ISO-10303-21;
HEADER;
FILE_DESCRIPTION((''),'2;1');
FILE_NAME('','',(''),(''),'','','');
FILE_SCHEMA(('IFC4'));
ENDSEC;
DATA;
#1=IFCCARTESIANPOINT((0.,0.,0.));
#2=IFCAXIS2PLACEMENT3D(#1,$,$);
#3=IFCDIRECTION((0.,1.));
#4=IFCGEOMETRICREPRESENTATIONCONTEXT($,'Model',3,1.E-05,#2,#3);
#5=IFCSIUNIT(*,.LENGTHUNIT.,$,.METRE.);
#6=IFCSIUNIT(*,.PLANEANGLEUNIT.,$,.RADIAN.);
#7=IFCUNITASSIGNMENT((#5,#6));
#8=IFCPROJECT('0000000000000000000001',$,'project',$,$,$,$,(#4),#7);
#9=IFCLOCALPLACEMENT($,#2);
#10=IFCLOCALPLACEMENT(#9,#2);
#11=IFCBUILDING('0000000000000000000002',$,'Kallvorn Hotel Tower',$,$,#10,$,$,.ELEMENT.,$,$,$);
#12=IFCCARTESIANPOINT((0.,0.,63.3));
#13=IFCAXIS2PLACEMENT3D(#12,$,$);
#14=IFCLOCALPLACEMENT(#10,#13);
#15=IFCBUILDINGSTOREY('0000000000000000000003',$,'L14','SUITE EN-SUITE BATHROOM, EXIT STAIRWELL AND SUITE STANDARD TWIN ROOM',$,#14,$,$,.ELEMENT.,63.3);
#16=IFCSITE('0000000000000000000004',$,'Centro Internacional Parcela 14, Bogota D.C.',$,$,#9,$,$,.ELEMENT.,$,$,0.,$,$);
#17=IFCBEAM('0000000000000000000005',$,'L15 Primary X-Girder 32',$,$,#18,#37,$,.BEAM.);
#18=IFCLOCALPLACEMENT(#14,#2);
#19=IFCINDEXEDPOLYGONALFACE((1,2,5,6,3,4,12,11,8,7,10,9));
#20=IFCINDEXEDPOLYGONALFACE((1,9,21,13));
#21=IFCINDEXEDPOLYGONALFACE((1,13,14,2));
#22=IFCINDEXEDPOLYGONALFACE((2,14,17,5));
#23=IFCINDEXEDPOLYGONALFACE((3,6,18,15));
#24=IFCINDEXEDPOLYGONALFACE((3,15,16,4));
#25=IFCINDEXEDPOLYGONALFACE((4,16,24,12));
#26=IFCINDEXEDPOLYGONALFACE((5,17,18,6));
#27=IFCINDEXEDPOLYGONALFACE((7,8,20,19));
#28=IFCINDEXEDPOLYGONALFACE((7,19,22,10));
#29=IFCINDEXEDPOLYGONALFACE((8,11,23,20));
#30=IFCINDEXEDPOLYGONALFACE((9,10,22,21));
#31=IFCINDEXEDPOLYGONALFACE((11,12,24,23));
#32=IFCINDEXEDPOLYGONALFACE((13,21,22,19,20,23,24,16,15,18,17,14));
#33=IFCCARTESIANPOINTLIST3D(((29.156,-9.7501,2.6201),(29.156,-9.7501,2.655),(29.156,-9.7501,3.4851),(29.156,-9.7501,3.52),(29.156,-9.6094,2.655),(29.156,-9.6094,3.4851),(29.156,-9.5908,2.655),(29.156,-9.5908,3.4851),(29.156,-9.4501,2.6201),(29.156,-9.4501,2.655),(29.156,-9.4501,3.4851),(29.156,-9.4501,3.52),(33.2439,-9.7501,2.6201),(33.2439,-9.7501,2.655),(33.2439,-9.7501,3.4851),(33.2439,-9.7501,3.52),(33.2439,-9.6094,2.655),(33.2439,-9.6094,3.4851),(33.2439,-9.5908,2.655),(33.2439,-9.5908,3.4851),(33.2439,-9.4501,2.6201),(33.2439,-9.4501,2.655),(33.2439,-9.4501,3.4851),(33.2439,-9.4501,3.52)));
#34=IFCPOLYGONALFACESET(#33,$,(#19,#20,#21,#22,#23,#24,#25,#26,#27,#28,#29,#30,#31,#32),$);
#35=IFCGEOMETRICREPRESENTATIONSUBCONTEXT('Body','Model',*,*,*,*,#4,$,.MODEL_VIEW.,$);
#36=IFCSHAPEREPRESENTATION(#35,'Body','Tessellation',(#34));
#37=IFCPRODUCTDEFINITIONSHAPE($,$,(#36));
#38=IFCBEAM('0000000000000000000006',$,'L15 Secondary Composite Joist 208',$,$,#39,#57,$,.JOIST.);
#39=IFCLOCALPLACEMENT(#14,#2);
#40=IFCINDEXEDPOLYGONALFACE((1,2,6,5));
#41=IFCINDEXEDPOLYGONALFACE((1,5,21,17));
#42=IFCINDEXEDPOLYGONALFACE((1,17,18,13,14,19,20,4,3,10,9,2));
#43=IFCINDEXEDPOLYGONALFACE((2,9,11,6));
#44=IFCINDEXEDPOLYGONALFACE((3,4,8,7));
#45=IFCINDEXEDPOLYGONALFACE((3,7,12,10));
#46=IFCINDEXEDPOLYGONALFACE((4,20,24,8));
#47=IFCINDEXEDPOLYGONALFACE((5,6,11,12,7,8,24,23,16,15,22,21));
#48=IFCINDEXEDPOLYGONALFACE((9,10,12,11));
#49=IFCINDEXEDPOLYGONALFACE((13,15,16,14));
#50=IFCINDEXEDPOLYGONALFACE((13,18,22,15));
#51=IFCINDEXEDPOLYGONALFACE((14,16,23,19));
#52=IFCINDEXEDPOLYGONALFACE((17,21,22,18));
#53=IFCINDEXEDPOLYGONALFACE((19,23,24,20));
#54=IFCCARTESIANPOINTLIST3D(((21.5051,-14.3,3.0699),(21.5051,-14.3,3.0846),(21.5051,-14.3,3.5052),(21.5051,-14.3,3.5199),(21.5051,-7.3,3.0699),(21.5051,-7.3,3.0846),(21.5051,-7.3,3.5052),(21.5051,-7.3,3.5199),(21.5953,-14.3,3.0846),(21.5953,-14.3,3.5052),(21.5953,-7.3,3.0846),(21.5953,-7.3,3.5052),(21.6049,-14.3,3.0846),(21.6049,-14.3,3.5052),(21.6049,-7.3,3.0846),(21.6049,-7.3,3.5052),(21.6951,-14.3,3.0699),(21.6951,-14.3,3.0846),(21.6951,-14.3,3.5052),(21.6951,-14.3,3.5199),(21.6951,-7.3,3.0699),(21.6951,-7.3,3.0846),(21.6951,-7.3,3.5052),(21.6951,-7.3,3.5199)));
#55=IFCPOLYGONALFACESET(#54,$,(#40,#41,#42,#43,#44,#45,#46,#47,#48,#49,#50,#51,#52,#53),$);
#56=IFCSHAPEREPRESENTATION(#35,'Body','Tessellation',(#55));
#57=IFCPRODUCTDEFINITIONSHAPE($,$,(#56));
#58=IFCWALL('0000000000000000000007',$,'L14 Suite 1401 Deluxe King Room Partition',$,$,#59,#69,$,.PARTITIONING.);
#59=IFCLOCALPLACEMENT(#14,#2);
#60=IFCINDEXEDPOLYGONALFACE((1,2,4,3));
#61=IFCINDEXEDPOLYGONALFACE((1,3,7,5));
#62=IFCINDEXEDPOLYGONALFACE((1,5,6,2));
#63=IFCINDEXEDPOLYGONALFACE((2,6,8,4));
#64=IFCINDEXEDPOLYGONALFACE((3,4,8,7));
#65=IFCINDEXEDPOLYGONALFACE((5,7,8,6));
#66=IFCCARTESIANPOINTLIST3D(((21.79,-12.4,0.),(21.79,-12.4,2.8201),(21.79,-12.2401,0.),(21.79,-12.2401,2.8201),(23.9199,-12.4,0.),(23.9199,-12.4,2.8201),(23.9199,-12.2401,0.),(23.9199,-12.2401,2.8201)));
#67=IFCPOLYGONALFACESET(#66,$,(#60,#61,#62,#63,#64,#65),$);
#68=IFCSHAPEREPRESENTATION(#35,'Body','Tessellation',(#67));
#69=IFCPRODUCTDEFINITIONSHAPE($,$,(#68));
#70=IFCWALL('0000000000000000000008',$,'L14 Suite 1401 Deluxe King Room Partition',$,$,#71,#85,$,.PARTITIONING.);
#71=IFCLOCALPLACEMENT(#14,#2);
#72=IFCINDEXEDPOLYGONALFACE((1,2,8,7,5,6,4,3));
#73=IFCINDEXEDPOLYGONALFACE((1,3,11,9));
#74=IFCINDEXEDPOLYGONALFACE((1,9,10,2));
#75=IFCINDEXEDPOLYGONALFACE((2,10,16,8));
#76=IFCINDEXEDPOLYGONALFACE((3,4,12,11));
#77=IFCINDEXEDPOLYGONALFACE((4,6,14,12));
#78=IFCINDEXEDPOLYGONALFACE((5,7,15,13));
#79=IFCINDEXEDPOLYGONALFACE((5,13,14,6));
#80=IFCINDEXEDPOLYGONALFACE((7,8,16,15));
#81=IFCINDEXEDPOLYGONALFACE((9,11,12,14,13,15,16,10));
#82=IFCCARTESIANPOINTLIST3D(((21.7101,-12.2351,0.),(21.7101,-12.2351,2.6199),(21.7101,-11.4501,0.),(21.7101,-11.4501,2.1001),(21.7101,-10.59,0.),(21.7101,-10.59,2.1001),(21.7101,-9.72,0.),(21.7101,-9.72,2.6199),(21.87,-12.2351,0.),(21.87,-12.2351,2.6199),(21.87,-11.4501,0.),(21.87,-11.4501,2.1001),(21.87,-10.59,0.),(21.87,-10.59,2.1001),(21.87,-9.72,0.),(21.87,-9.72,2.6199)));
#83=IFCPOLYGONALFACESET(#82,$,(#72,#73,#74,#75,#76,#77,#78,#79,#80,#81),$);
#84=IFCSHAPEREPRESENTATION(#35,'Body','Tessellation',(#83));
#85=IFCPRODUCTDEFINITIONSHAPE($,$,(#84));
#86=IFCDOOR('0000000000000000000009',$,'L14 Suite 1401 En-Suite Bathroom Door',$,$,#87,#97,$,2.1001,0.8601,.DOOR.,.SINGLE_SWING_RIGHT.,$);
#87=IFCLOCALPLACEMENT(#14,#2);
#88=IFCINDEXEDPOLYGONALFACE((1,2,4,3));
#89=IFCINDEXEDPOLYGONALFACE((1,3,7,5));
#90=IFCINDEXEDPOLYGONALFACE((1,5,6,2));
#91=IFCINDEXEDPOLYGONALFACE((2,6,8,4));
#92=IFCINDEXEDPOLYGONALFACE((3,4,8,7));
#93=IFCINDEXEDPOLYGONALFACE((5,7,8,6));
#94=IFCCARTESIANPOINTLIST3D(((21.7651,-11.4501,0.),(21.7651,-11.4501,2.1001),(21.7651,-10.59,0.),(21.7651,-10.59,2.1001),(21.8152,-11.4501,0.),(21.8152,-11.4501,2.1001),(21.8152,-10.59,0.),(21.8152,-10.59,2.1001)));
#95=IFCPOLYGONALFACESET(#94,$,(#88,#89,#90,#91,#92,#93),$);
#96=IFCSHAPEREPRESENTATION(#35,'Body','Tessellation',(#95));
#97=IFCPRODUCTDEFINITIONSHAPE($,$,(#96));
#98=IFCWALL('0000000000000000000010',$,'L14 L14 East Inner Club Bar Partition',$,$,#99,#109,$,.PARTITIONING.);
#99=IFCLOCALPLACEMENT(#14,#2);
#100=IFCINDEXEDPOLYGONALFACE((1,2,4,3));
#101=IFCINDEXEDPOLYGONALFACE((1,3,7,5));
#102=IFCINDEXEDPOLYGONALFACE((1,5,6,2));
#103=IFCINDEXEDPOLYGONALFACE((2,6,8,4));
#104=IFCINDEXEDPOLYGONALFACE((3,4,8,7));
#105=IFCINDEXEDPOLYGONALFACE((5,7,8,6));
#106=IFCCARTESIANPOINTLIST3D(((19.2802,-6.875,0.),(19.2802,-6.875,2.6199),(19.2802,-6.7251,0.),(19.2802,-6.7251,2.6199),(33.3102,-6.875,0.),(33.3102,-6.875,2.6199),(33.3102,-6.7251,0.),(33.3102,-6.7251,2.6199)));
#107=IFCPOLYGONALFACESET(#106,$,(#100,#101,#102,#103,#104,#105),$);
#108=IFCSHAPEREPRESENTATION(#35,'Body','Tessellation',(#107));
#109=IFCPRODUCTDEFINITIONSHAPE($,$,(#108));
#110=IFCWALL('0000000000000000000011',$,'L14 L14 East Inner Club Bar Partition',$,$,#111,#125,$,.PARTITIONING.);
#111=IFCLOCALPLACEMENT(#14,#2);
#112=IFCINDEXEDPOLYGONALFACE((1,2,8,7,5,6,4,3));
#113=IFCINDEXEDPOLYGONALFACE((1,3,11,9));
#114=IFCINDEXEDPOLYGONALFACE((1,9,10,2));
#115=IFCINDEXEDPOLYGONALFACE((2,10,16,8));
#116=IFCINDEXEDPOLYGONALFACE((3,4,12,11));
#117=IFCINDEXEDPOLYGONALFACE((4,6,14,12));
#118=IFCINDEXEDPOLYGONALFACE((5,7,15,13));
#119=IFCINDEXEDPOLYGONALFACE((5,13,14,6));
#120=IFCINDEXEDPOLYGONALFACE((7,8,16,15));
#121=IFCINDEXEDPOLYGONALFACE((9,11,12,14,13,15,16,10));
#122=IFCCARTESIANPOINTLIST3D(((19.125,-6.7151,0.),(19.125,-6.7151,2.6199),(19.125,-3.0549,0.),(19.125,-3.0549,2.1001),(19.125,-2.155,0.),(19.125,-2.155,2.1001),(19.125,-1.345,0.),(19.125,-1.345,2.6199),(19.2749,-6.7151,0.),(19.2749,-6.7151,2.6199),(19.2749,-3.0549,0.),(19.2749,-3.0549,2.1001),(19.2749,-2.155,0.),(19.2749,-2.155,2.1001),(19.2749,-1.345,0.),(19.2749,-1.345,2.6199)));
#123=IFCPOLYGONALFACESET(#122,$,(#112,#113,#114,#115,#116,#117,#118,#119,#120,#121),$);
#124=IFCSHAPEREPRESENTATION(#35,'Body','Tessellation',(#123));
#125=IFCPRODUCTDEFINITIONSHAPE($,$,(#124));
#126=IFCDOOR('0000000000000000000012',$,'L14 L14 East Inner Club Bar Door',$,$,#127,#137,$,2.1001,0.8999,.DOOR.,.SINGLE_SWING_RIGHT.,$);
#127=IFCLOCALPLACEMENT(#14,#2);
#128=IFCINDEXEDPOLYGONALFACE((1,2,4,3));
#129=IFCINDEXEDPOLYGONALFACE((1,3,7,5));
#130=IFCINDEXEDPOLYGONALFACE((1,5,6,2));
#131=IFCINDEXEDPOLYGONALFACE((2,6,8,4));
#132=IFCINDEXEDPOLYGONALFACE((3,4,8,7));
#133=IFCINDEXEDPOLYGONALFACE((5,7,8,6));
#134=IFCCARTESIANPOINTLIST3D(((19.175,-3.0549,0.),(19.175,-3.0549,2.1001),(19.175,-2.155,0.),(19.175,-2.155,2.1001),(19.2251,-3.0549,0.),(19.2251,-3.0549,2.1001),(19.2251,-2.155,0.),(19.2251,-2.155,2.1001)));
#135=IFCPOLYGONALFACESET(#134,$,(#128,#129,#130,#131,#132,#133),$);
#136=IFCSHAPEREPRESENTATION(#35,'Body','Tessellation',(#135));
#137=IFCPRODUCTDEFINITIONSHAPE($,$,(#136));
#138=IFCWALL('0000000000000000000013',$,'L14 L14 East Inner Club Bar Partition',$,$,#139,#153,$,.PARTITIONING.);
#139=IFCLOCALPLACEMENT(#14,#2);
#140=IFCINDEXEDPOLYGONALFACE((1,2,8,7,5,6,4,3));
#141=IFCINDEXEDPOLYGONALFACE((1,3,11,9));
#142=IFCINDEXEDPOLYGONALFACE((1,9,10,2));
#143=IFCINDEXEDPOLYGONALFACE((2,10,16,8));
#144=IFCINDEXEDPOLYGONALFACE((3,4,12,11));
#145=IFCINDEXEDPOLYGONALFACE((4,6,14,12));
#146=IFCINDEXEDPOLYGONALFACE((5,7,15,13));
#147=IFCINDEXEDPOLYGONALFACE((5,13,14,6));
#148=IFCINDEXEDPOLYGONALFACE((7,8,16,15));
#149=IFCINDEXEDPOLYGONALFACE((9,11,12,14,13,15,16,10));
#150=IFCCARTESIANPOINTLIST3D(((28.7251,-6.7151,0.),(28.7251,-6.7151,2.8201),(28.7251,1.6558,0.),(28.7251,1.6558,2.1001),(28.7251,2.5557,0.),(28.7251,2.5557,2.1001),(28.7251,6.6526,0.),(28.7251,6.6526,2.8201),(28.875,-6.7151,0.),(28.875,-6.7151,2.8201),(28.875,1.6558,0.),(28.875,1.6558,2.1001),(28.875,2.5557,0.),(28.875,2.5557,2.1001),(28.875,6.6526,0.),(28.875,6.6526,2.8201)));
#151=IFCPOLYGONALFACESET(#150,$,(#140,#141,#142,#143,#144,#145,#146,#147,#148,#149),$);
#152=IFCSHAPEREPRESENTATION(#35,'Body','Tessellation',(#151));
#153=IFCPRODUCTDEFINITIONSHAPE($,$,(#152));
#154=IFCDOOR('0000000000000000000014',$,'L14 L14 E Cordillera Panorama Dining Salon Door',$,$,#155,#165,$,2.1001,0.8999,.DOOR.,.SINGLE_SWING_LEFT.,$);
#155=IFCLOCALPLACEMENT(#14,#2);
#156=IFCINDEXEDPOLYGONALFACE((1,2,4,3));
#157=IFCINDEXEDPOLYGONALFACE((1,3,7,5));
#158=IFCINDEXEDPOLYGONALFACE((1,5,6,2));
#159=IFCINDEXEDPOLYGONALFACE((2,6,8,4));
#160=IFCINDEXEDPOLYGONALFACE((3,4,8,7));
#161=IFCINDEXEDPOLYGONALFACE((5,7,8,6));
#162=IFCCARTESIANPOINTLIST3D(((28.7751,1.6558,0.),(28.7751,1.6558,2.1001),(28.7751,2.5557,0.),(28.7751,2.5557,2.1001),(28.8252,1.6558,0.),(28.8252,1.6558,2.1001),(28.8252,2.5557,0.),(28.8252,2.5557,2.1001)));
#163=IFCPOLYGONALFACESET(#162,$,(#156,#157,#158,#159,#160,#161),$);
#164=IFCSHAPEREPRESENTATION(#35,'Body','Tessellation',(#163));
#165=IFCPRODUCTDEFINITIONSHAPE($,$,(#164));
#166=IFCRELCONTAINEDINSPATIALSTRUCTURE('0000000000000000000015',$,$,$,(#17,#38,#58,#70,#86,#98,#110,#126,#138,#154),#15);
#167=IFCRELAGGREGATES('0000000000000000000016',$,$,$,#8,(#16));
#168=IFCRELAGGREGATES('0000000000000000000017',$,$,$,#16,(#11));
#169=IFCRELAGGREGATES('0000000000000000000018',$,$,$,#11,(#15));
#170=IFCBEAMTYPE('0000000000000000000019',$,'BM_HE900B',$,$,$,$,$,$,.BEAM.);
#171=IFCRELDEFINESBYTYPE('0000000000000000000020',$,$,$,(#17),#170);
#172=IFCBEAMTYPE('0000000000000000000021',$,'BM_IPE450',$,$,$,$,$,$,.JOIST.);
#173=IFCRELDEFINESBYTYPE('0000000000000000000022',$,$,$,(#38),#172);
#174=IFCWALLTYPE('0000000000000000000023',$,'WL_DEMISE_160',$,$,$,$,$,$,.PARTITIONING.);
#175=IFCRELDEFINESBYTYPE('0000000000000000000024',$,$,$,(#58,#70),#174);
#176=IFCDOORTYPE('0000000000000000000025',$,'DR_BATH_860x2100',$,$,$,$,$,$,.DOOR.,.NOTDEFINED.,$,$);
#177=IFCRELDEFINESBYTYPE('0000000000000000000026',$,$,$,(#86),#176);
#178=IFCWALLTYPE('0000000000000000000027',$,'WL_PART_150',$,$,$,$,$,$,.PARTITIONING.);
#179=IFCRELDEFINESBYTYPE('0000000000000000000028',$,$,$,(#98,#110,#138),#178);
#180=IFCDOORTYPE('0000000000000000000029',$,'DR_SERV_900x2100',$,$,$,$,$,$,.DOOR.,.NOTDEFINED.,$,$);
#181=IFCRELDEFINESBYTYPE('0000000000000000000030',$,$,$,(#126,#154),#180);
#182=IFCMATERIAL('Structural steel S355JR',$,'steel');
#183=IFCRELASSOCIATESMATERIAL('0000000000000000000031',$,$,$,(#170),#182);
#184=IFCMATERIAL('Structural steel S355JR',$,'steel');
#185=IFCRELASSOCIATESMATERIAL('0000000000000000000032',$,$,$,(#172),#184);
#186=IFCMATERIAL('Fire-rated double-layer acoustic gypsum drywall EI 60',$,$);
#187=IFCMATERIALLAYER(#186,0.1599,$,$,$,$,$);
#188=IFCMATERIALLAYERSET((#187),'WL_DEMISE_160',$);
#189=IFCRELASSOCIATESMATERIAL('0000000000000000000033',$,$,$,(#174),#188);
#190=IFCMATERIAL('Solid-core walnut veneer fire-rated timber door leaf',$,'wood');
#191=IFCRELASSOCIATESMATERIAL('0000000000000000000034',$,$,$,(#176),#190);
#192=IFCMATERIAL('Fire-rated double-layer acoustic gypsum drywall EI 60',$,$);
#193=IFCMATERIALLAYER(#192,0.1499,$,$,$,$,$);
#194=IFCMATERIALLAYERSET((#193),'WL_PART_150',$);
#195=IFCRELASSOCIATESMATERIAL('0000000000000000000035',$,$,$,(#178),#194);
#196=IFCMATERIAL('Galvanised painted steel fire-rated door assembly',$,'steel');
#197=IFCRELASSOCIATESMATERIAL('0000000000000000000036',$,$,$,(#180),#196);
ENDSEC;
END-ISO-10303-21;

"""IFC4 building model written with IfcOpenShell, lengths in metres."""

from ifc_helpers import new_model, si_unit, direction, frame, frame_2d, origin, origin_2d, place, context, subcontext, project, spatial, rectangle, i_section, extrude, material, layer, layer_set, material_profile, profile_set, type_object, element, fill, save


model = new_model("IFC4")

# Units and contexts
model_context = context("Model", 3, precision=1e-05, world=origin(), true_north=direction((0.0, 1.0)))
body_context = subcontext(model_context, "Body", "Model", "MODEL_VIEW")
ifc_project = project(units=[si_unit("LENGTHUNIT", "METRE"), si_unit("PLANEANGLEUNIT", "RADIAN")], contexts=[model_context])

# Site, building, storey
site_placement = place(None, origin())
site = spatial("IfcSite", under=ifc_project, at=site_placement, Name="Centro Internacional Parcela 14, Bogota D.C.", CompositionType="ELEMENT", RefElevation=0.0)
building_placement = place(site_placement, origin())
building = spatial("IfcBuilding", under=site, at=building_placement, Name="Kallvorn Hotel Tower", CompositionType="ELEMENT")
storey_placement = place(building_placement, frame((0.0, 0.0, 63.3)))
storey = spatial("IfcBuildingStorey", under=building, at=storey_placement, Name="L14", Description="SUITE EN-SUITE BATHROOM, EXIT STAIRWELL AND SUITE STANDARD TWIN ROOM", CompositionType="ELEMENT", Elevation=63.3)

# Beams
ifc_material_1 = material(Name="Structural steel S355JR", Category="steel")
ifc_material_profile_1 = material_profile(ifc_material_1, i_section(OverallWidth=0.3, OverallDepth=0.8999, WebThickness=0.0186, FlangeThickness=0.0349, at=origin_2d()), Name="HE 900 B")
ifc_profile_set_1 = profile_set([ifc_material_profile_1], Name="Structural steel S355JR")
beam_type_1 = type_object("IfcBeamType", Name="BM_HE900B", PredefinedType="BEAM", material=ifc_profile_set_1)
beam_1_placement = place(storey_placement, frame((29.156, -9.6001, 3.0701), z_axis=(1.0, 0.0, 0.0), x_axis=(0.0, 1.0, 0.0)))
element("IfcBeam", 1, at=beam_1_placement, inside=storey, type_object=beam_type_1, Name="L15 Primary X-Girder 32", PredefinedType="BEAM", context=body_context, shape_type="SweptSolid", body=[
    extrude(i_section(OverallWidth=0.3, OverallDepth=0.8999, WebThickness=0.0186, FlangeThickness=0.0349, at=origin_2d()), origin(), (0.0, 0.0, 1.0), 4.0879),
])
ifc_material_2 = material(Name="Structural steel S355JR", Category="steel")
ifc_material_profile_2 = material_profile(ifc_material_2, i_section(OverallWidth=0.1899, OverallDepth=0.45, WebThickness=0.0095, FlangeThickness=0.0146, at=origin_2d()), Name="IPE 450")
ifc_profile_set_2 = profile_set([ifc_material_profile_2], Name="Structural steel S355JR")
beam_type_2 = type_object("IfcBeamType", Name="BM_IPE450", PredefinedType="JOIST", material=ifc_profile_set_2)
beam_2_placement = place(storey_placement, frame((21.6001, -14.3, 3.2949), z_axis=(0.0, 1.0, 0.0), x_axis=(-1.0, 0.0, 0.0)))
element("IfcBeam", 2, at=beam_2_placement, inside=storey, type_object=beam_type_2, Name="L15 Secondary Composite Joist 208", PredefinedType="JOIST", context=body_context, shape_type="SweptSolid", body=[
    extrude(i_section(OverallWidth=0.1899, OverallDepth=0.45, WebThickness=0.0095, FlangeThickness=0.0146, at=origin_2d()), origin(), (0.0, 0.0, 1.0), 7.0),
])

# Wall
ifc_material_3 = material(Name="Fire-rated double-layer acoustic gypsum drywall EI 60")
ifc_layer_1 = layer(ifc_material_3, 0.1599)
ifc_layer_set_1 = layer_set([ifc_layer_1], Name="WL_DEMISE_160")
wall_type_1 = type_object("IfcWallType", Name="WL_DEMISE_160", PredefinedType="PARTITIONING", material=ifc_layer_set_1)
wall_1_placement = place(storey_placement, frame((21.79, -12.3201, 0.0), z_axis=(0.0, 0.0, 1.0), x_axis=(1.0, 0.0, 0.0)))
element("IfcWall", 3, at=wall_1_placement, inside=storey, type_object=wall_type_1, Name="L14 Suite 1401 Deluxe King Room Partition", PredefinedType="PARTITIONING", context=body_context, shape_type="SweptSolid", body=[
    extrude(rectangle(XDim=2.1299, YDim=0.1599, at=frame_2d((1.0649, 0.0))), origin(), (0.0, 0.0, 1.0), 2.8201),
])

# Wall, opening, door
wall_2_placement = place(storey_placement, frame((21.79, -12.2351, 0.0), z_axis=(0.0, 0.0, 1.0), x_axis=(0.0, 1.0, 0.0)))
wall_2 = element("IfcWall", 4, at=wall_2_placement, inside=storey, type_object=wall_type_1, Name="L14 Suite 1401 Deluxe King Room Partition", PredefinedType="PARTITIONING", context=body_context, shape_type="SweptSolid", body=[
    extrude(rectangle(XDim=2.5151, YDim=0.1599, at=frame_2d((1.2576, 0.0))), origin(), (0.0, 0.0, 1.0), 2.6199),
])
opening_1_placement = place(wall_2_placement, frame((0.7849, 0.0, 0.0)))
opening_1 = element("IfcOpeningElement", 5, at=opening_1_placement, cuts=wall_2, PredefinedType="OPENING", context=body_context, shape_type="SweptSolid", body=[
    extrude(rectangle(XDim=0.8601, YDim=2.1001, at=frame_2d((0.4302, 1.05))), frame((0.0, 0.095, 0.0), z_axis=(0.0, -1.0, 0.0), x_axis=(1.0, 0.0, 0.0)), (0.0, 0.0, 1.0), 0.1899),
])
ifc_material_4 = material(Name="Solid-core walnut veneer fire-rated timber door leaf", Category="wood")
door_type_1 = type_object("IfcDoorType", Name="DR_BATH_860x2100", OperationType="NOTDEFINED", PredefinedType="DOOR", material=ifc_material_4)
door_1_placement = place(opening_1_placement, origin())
door_1 = element("IfcDoor", 6, at=door_1_placement, inside=storey, type_object=door_type_1, Name="L14 Suite 1401 En-Suite Bathroom Door", OperationType="SINGLE_SWING_RIGHT", OverallHeight=2.1001, OverallWidth=0.8601, PredefinedType="DOOR", context=body_context, shape_type="SweptSolid", body=[
    extrude(rectangle(XDim=0.8601, YDim=2.1001, at=frame_2d((0.4302, 1.05))), frame((0.0, 0.0249, 0.0), z_axis=(0.0, -1.0, 0.0), x_axis=(1.0, 0.0, 0.0)), (0.0, 0.0, 1.0), 0.05),
])
fill(opening_1, door_1)

# Wall
ifc_material_5 = material(Name="Fire-rated double-layer acoustic gypsum drywall EI 60")
ifc_layer_2 = layer(ifc_material_5, 0.1499)
ifc_layer_set_2 = layer_set([ifc_layer_2], Name="WL_PART_150")
wall_type_2 = type_object("IfcWallType", Name="WL_PART_150", PredefinedType="PARTITIONING", material=ifc_layer_set_2)
wall_3_placement = place(storey_placement, frame((19.28, -6.8, 0.0), z_axis=(0.0, 0.0, 1.0), x_axis=(1.0, 0.0, 0.0)))
element("IfcWall", 7, at=wall_3_placement, inside=storey, type_object=wall_type_2, Name="L14 L14 East Inner Club Bar Partition", PredefinedType="PARTITIONING", context=body_context, shape_type="SweptSolid", body=[
    extrude(rectangle(XDim=14.03, YDim=0.1499, at=frame_2d((7.0151, 0.0))), origin(), (0.0, 0.0, 1.0), 2.6199),
])

# Walls, openings, doors
wall_4_placement = place(storey_placement, frame((19.2, -6.7151, 0.0), z_axis=(0.0, 0.0, 1.0), x_axis=(0.0, 1.0, 0.0)))
wall_4 = element("IfcWall", 8, at=wall_4_placement, inside=storey, type_object=wall_type_2, Name="L14 L14 East Inner Club Bar Partition", PredefinedType="PARTITIONING", context=body_context, shape_type="SweptSolid", body=[
    extrude(rectangle(XDim=5.3701, YDim=0.1499, at=frame_2d((2.6851, 0.0))), origin(), (0.0, 0.0, 1.0), 2.6199),
])
opening_2_placement = place(wall_4_placement, frame((3.6602, 0.0, 0.0)))
opening_2 = element("IfcOpeningElement", 9, at=opening_2_placement, cuts=wall_4, PredefinedType="OPENING", context=body_context, shape_type="SweptSolid", body=[
    extrude(rectangle(XDim=0.8999, YDim=2.1001, at=frame_2d((0.45, 1.05))), frame((0.0, 0.0898, 0.0), z_axis=(0.0, -1.0, 0.0), x_axis=(1.0, 0.0, 0.0)), (0.0, 0.0, 1.0), 0.1799),
])
ifc_material_6 = material(Name="Galvanised painted steel fire-rated door assembly", Category="steel")
door_type_2 = type_object("IfcDoorType", Name="DR_SERV_900x2100", OperationType="NOTDEFINED", PredefinedType="DOOR", material=ifc_material_6)
door_2_placement = place(opening_2_placement, origin())
door_2 = element("IfcDoor", 10, at=door_2_placement, inside=storey, type_object=door_type_2, Name="L14 L14 East Inner Club Bar Door", OperationType="SINGLE_SWING_RIGHT", OverallHeight=2.1001, OverallWidth=0.8999, PredefinedType="DOOR", context=body_context, shape_type="SweptSolid", body=[
    extrude(rectangle(XDim=0.8999, YDim=2.1001, at=frame_2d((0.45, 1.05))), frame((0.0, 0.0249, 0.0), z_axis=(0.0, -1.0, 0.0), x_axis=(1.0, 0.0, 0.0)), (0.0, 0.0, 1.0), 0.05),
])
fill(opening_2, door_2)
wall_5_placement = place(storey_placement, frame((28.8, -6.7151, 0.0), z_axis=(0.0, 0.0, 1.0), x_axis=(0.0, 1.0, 0.0)))
wall_5 = element("IfcWall", 11, at=wall_5_placement, inside=storey, type_object=wall_type_2, Name="L14 L14 East Inner Club Bar Partition", PredefinedType="PARTITIONING", context=body_context, shape_type="SweptSolid", body=[
    extrude(rectangle(XDim=13.3677, YDim=0.1499, at=frame_2d((6.6838, 0.0))), origin(), (0.0, 0.0, 1.0), 2.8201),
])
opening_3_placement = place(wall_5_placement, frame((8.3708, 0.0, 0.0)))
opening_3 = element("IfcOpeningElement", 12, at=opening_3_placement, cuts=wall_5, PredefinedType="OPENING", context=body_context, shape_type="SweptSolid", body=[
    extrude(rectangle(XDim=0.8999, YDim=2.1001, at=frame_2d((0.45, 1.05))), frame((0.0, 0.0898, 0.0), z_axis=(0.0, -1.0, 0.0), x_axis=(1.0, 0.0, 0.0)), (0.0, 0.0, 1.0), 0.1799),
])
door_3_placement = place(opening_3_placement, origin())
door_3 = element("IfcDoor", 13, at=door_3_placement, inside=storey, type_object=door_type_2, Name="L14 L14 E Cordillera Panorama Dining Salon Door", OperationType="SINGLE_SWING_LEFT", OverallHeight=2.1001, OverallWidth=0.8999, PredefinedType="DOOR", context=body_context, shape_type="SweptSolid", body=[
    extrude(rectangle(XDim=0.8999, YDim=2.1001, at=frame_2d((0.45, 1.05))), frame((0.0, 0.0249, 0.0), z_axis=(0.0, -1.0, 0.0), x_axis=(1.0, 0.0, 0.0)), (0.0, 0.0, 1.0), 0.05),
])
fill(opening_3, door_3)

save(model, "model.ifc")
